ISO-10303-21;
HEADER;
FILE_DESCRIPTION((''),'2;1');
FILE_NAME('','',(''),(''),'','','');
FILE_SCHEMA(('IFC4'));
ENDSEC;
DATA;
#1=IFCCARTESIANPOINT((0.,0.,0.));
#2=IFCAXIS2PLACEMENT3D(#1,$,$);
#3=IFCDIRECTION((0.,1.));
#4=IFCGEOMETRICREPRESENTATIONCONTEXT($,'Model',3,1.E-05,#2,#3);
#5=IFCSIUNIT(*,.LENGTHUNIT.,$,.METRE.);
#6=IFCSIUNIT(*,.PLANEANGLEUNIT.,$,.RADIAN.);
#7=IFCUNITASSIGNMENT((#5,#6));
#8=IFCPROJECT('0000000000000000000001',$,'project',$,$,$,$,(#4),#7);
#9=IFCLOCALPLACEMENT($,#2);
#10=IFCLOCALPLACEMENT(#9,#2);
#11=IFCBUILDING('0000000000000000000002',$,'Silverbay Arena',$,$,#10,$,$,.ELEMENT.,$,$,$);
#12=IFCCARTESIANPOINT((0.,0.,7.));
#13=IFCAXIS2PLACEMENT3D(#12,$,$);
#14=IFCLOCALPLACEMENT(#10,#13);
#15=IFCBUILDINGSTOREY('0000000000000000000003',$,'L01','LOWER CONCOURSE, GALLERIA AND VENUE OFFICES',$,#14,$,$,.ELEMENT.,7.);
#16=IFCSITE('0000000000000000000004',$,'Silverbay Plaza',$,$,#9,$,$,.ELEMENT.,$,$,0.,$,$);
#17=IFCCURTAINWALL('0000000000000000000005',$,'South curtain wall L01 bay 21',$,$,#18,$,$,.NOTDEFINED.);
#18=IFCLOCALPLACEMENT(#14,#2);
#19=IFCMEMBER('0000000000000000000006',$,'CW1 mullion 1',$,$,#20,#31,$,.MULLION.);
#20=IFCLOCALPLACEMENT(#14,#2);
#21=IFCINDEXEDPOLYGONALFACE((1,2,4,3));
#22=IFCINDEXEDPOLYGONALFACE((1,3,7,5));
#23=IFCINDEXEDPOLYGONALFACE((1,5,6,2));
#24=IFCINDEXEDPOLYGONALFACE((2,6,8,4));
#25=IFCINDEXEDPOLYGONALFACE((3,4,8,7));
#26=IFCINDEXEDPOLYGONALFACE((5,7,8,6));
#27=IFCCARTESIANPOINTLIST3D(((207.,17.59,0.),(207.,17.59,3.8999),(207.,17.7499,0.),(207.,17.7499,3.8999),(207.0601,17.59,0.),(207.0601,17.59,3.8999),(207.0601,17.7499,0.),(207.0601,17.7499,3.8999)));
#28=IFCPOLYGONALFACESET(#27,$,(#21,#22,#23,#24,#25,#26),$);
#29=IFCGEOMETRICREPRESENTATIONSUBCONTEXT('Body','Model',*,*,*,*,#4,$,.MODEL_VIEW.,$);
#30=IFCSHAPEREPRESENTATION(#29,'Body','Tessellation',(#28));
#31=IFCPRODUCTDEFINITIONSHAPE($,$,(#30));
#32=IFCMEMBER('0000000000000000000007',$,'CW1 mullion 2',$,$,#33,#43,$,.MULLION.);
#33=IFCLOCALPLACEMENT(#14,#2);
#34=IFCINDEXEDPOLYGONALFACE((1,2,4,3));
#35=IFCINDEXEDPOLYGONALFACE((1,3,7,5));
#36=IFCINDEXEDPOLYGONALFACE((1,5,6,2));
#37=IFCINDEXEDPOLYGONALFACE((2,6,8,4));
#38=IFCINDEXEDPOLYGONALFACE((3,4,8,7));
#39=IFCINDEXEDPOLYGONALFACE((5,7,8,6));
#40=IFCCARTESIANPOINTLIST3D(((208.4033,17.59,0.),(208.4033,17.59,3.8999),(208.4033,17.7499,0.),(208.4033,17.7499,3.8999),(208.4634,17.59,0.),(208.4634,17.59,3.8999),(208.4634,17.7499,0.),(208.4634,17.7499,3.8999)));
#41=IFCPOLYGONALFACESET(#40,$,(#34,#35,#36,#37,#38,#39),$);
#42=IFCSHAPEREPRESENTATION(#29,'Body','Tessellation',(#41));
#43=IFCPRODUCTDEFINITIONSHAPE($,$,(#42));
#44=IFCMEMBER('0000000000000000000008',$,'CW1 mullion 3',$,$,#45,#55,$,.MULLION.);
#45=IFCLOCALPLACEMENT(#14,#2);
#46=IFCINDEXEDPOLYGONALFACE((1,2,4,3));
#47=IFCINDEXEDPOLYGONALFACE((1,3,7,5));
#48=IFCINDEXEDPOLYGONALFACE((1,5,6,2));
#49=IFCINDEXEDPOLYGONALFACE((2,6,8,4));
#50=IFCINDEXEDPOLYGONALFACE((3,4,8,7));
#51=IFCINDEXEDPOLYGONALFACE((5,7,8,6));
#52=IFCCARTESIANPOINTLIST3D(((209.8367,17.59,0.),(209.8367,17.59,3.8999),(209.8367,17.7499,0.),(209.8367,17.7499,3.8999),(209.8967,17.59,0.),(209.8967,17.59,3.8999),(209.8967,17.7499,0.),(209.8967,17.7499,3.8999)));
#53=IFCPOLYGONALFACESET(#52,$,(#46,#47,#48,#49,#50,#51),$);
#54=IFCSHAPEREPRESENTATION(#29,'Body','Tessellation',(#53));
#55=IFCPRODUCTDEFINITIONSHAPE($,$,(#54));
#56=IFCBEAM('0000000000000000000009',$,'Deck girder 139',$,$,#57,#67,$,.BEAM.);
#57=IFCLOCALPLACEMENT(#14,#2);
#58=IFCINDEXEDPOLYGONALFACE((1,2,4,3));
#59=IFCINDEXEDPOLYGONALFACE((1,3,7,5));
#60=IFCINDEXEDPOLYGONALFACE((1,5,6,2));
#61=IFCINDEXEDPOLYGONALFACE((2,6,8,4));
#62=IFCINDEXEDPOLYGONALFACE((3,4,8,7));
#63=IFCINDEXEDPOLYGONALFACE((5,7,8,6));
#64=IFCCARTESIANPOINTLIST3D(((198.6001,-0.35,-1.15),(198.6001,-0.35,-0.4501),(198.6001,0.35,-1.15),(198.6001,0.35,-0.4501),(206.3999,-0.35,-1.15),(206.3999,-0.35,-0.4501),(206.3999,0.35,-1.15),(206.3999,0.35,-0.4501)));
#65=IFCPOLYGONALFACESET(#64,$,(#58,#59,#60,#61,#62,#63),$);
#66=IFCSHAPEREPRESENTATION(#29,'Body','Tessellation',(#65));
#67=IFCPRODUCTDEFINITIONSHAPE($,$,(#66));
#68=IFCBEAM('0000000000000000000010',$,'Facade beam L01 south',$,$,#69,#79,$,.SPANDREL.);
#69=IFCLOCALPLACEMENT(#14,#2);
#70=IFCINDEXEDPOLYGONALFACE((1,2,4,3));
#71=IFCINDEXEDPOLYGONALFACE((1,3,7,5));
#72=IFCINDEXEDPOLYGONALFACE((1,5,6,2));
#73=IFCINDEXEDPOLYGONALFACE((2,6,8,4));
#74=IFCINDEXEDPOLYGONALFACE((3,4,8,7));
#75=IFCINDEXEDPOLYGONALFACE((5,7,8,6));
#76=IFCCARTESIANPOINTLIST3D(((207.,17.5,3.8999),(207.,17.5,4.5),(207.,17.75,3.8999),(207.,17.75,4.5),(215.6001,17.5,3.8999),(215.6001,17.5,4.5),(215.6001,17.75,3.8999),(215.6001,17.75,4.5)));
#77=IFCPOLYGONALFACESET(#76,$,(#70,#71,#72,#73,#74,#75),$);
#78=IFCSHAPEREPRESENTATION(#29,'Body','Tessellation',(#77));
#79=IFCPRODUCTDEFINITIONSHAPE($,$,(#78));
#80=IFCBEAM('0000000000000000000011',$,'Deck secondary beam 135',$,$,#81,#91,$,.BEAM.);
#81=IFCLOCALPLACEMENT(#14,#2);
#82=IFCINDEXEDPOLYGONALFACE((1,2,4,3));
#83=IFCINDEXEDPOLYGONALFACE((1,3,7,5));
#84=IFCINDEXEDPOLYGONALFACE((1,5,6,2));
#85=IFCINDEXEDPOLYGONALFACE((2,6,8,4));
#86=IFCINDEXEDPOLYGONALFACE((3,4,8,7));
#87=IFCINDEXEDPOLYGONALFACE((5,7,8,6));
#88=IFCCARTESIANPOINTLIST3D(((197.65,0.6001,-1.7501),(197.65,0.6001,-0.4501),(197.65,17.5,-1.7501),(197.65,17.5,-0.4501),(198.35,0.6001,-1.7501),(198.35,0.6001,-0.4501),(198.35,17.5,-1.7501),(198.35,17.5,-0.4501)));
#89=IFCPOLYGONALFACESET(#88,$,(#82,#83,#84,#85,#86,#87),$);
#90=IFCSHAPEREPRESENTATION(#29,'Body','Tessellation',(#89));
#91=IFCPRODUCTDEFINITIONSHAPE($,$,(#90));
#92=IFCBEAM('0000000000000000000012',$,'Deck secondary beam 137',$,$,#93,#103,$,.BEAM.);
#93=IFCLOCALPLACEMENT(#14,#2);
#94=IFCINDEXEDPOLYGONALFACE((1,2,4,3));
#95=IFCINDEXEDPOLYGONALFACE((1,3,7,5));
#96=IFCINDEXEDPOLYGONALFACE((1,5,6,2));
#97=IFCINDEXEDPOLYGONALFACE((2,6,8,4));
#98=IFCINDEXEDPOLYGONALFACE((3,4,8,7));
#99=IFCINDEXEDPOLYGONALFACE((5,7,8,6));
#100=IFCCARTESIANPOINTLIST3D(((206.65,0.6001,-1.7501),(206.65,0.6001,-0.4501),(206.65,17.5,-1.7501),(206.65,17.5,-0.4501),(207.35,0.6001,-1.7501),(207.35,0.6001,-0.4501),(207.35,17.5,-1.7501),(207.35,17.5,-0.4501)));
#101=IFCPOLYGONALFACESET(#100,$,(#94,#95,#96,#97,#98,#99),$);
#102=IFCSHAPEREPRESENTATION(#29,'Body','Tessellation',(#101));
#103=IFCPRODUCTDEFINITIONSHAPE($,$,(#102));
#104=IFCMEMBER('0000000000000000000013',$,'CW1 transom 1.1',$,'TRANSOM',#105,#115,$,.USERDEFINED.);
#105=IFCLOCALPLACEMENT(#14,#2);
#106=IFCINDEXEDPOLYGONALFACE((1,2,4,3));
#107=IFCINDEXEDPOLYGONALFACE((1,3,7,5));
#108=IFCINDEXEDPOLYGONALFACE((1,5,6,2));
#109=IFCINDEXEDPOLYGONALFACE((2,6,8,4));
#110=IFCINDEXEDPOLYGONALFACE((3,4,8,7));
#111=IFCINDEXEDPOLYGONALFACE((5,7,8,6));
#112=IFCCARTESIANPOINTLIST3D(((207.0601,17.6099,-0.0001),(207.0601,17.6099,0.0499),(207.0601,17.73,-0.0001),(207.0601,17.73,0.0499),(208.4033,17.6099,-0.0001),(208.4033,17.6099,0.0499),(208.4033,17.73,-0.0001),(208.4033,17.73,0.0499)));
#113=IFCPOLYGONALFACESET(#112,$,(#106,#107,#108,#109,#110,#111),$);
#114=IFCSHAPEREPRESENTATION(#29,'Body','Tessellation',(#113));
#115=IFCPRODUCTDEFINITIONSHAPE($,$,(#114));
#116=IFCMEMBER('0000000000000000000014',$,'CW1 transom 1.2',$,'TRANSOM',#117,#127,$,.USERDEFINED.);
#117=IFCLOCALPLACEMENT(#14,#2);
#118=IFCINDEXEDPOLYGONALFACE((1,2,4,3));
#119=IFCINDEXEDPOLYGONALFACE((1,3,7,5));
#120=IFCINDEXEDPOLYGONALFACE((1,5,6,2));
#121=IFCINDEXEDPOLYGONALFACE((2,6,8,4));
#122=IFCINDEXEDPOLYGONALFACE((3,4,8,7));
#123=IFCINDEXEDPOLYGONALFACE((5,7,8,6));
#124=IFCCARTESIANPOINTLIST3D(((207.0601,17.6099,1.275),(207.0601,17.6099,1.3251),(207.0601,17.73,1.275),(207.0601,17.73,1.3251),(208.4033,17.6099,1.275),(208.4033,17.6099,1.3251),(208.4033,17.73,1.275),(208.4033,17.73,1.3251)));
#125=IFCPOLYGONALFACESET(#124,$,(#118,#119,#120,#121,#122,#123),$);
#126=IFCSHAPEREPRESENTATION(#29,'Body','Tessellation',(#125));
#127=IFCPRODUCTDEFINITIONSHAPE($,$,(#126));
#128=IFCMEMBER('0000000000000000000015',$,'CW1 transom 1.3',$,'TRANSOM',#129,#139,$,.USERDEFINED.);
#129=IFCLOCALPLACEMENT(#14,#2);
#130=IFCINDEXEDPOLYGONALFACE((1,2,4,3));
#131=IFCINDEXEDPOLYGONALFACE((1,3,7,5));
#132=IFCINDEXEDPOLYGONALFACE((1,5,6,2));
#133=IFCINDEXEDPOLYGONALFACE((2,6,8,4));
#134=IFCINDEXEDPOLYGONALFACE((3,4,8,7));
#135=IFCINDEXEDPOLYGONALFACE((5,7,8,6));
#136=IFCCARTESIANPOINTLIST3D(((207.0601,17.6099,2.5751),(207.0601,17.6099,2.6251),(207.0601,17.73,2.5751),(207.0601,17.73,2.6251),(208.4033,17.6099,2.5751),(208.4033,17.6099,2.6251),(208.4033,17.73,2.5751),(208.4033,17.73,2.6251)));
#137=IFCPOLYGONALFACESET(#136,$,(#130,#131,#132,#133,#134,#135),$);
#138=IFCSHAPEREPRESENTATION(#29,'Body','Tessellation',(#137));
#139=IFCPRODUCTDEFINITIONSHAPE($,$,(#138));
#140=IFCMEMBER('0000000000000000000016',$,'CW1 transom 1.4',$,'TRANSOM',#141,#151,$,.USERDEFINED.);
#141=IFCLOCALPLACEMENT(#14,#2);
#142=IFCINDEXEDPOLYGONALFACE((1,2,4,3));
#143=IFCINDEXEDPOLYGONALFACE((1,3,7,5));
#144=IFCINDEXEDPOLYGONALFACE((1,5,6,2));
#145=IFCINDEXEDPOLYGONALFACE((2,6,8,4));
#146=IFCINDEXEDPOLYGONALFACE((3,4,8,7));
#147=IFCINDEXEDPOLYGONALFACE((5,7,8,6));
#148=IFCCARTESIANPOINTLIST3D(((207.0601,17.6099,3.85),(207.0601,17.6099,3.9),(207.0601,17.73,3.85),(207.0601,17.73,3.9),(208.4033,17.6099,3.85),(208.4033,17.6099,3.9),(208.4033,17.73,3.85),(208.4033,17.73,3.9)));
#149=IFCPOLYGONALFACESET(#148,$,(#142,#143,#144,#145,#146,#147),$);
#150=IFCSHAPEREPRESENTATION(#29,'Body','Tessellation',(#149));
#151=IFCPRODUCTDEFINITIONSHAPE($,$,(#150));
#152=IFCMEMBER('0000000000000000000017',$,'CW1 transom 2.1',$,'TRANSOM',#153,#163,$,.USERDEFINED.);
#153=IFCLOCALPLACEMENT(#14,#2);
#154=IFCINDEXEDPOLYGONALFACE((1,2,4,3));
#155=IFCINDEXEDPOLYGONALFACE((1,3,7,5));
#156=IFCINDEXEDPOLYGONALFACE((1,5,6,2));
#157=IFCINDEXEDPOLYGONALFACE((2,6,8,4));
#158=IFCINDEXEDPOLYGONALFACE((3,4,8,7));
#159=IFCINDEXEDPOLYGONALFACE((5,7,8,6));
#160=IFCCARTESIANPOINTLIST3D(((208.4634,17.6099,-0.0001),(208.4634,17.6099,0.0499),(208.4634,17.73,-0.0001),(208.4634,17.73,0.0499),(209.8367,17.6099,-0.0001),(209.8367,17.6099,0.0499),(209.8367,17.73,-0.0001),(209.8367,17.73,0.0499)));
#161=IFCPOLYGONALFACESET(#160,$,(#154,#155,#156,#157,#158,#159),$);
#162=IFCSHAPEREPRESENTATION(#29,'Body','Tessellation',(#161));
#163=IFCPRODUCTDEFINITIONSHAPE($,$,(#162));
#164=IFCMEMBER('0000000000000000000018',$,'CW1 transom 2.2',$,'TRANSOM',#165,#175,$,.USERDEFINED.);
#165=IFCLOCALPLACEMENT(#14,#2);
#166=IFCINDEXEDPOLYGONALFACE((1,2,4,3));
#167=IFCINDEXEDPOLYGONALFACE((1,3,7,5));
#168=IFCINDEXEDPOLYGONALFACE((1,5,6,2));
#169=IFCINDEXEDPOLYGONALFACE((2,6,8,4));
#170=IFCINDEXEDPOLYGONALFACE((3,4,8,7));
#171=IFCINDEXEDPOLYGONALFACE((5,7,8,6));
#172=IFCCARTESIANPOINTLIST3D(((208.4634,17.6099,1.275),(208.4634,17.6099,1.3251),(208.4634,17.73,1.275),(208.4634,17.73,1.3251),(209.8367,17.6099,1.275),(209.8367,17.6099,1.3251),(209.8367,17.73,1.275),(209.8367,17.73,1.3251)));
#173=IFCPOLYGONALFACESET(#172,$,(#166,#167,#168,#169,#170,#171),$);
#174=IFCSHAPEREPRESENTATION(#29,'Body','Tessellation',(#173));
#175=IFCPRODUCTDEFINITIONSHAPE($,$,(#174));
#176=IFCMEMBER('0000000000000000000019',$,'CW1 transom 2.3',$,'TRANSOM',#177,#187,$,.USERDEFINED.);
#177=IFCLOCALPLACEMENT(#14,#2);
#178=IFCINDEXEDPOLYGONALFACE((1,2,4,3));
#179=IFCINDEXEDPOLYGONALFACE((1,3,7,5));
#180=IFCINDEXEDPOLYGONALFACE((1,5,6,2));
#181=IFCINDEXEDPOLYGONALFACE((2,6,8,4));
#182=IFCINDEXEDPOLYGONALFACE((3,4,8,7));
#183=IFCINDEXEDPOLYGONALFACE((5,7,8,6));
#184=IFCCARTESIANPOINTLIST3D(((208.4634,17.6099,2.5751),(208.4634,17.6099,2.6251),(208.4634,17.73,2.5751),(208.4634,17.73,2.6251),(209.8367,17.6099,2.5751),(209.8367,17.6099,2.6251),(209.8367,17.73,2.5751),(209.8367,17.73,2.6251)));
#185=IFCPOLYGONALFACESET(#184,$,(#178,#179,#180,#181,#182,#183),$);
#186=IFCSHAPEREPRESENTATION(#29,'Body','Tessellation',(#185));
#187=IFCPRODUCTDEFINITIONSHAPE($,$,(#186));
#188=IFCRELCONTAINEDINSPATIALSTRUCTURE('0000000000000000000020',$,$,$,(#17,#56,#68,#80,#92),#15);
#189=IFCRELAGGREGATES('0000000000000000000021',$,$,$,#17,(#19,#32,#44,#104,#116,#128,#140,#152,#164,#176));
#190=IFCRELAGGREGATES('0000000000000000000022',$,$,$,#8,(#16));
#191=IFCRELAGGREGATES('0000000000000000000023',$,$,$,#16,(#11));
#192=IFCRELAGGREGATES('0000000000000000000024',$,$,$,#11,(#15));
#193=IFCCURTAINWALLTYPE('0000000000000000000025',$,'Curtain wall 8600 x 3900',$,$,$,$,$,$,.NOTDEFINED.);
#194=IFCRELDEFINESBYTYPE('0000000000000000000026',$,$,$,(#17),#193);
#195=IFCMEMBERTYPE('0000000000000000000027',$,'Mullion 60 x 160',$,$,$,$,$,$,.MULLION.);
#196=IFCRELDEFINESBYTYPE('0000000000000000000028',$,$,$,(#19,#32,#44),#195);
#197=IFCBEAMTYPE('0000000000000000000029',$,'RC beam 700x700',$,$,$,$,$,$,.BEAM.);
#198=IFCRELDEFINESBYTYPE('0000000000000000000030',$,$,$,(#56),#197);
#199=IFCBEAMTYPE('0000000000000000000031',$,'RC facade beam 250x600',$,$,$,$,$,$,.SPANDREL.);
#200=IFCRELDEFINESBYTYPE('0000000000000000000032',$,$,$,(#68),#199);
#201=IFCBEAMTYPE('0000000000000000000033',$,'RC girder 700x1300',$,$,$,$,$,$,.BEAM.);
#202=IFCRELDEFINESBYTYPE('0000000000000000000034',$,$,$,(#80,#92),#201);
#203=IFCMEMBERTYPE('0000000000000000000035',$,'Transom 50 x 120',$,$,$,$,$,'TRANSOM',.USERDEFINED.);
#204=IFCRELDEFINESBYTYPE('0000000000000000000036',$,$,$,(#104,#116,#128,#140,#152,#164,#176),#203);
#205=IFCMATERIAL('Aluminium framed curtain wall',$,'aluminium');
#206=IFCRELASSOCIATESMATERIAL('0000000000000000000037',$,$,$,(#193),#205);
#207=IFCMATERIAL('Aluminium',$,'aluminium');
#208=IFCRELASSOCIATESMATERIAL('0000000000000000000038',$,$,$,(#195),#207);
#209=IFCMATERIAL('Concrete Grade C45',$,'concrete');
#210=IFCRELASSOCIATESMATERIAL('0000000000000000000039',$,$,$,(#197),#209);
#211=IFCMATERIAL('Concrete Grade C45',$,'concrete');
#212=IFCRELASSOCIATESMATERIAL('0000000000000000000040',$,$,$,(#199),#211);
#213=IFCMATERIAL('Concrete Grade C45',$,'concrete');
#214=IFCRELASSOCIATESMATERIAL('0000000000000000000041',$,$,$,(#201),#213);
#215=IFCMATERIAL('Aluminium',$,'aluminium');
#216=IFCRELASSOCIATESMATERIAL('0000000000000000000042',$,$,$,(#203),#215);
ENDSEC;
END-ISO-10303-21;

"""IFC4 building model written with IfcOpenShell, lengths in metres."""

from ifc_helpers import new_model, si_unit, direction, frame, origin, origin_2d, place, context, subcontext, project, spatial, rectangle, extrude, material, material_profile, profile_set, type_object, element, aggregate, save


model = new_model("IFC4")

# Units and contexts
model_context = context("Model", 3, precision=1e-05, world=origin(), true_north=direction((0.0, 1.0)))
body_context = subcontext(model_context, "Body", "Model", "MODEL_VIEW")
ifc_project = project(units=[si_unit("LENGTHUNIT", "METRE"), si_unit("PLANEANGLEUNIT", "RADIAN")], contexts=[model_context])

# Site, building, storey
site_placement = place(None, origin())
site = spatial("IfcSite", under=ifc_project, at=site_placement, Name="Silverbay Plaza", CompositionType="ELEMENT", RefElevation=0.0)
building_placement = place(site_placement, origin())
building = spatial("IfcBuilding", under=site, at=building_placement, Name="Silverbay Arena", CompositionType="ELEMENT")
storey_placement = place(building_placement, frame((0.0, 0.0, 7.0)))
storey = spatial("IfcBuildingStorey", under=building, at=storey_placement, Name="L01", Description="LOWER CONCOURSE, GALLERIA AND VENUE OFFICES", CompositionType="ELEMENT", Elevation=7.0)

# Curtain wall, members
ifc_material_1 = material(Name="Aluminium framed curtain wall", Category="aluminium")
curtain_wall_type = type_object("IfcCurtainWallType", Name="Curtain wall 8600 x 3900", PredefinedType="NOTDEFINED", material=ifc_material_1)
curtain_wall_placement = place(storey_placement, origin())
curtain_wall = element("IfcCurtainWall", 1, at=curtain_wall_placement, inside=storey, type_object=curtain_wall_type, Name="South curtain wall L01 bay 21", PredefinedType="NOTDEFINED")
ifc_material_2 = material(Name="Aluminium", Category="aluminium")
ifc_material_profile_1 = material_profile(ifc_material_2, rectangle(XDim=0.1599, YDim=0.0601, at=origin_2d()), Name="Mullion 60 x 160")
ifc_profile_set_1 = profile_set([ifc_material_profile_1], Name="Aluminium")
member_type_1 = type_object("IfcMemberType", Name="Mullion 60 x 160", PredefinedType="MULLION", material=ifc_profile_set_1)
member_1_placement = place(storey_placement, frame((207.03, 17.6699, 0.0), z_axis=(0.0, 0.0, 1.0), x_axis=(0.0, 1.0, 0.0)))
member_1 = element("IfcMember", 2, at=member_1_placement, type_object=member_type_1, Name="CW1 mullion 1", PredefinedType="MULLION", context=body_context, shape_type="SweptSolid", body=[
    extrude(rectangle(XDim=0.1599, YDim=0.0601, at=origin_2d()), origin(), (0.0, 0.0, 1.0), 3.8999),
])
member_2_placement = place(storey_placement, frame((208.4333, 17.6699, 0.0), z_axis=(0.0, 0.0, 1.0), x_axis=(0.0, 1.0, 0.0)))
member_2 = element("IfcMember", 3, at=member_2_placement, type_object=member_type_1, Name="CW1 mullion 2", PredefinedType="MULLION", context=body_context, shape_type="SweptSolid", body=[
    extrude(rectangle(XDim=0.1599, YDim=0.0601, at=origin_2d()), origin(), (0.0, 0.0, 1.0), 3.8999),
])
member_3_placement = place(storey_placement, frame((209.8667, 17.6699, 0.0), z_axis=(0.0, 0.0, 1.0), x_axis=(0.0, 1.0, 0.0)))
member_3 = element("IfcMember", 4, at=member_3_placement, type_object=member_type_1, Name="CW1 mullion 3", PredefinedType="MULLION", context=body_context, shape_type="SweptSolid", body=[
    extrude(rectangle(XDim=0.1599, YDim=0.0601, at=origin_2d()), origin(), (0.0, 0.0, 1.0), 3.8999),
])

# Beams
ifc_material_3 = material(Name="Concrete Grade C45", Category="concrete")
ifc_material_profile_2 = material_profile(ifc_material_3, rectangle(XDim=0.7, YDim=0.7, at=origin_2d()), Name="RC 700x700")
ifc_profile_set_2 = profile_set([ifc_material_profile_2], Name="Concrete Grade C45")
beam_type_1 = type_object("IfcBeamType", Name="RC beam 700x700", PredefinedType="BEAM", material=ifc_profile_set_2)
beam_1_placement = place(storey_placement, frame((198.6001, 0.0, -0.8), z_axis=(1.0, 0.0, 0.0), x_axis=(0.0, 1.0, 0.0)))
element("IfcBeam", 5, at=beam_1_placement, inside=storey, type_object=beam_type_1, Name="Deck girder 139", PredefinedType="BEAM", context=body_context, shape_type="SweptSolid", body=[
    extrude(rectangle(XDim=0.7, YDim=0.7, at=origin_2d()), origin(), (0.0, 0.0, 1.0), 7.7998),
])
ifc_material_4 = material(Name="Concrete Grade C45", Category="concrete")
ifc_material_profile_3 = material_profile(ifc_material_4, rectangle(XDim=0.25, YDim=0.6001, at=origin_2d()), Name="RC 250x600")
ifc_profile_set_3 = profile_set([ifc_material_profile_3], Name="Concrete Grade C45")
beam_type_2 = type_object("IfcBeamType", Name="RC facade beam 250x600", PredefinedType="SPANDREL", material=ifc_profile_set_3)
beam_2_placement = place(storey_placement, frame((207.0, 17.625, 4.2), z_axis=(1.0, 0.0, 0.0), x_axis=(0.0, 1.0, 0.0)))
element("IfcBeam", 6, at=beam_2_placement, inside=storey, type_object=beam_type_2, Name="Facade beam L01 south", PredefinedType="SPANDREL", context=body_context, shape_type="SweptSolid", body=[
    extrude(rectangle(XDim=0.25, YDim=0.6001, at=origin_2d()), origin(), (0.0, 0.0, 1.0), 8.6001),
])
ifc_material_5 = material(Name="Concrete Grade C45", Category="concrete")
ifc_material_profile_4 = material_profile(ifc_material_5, rectangle(XDim=0.7, YDim=1.3, at=origin_2d()), Name="RC 700x1300")
ifc_profile_set_4 = profile_set([ifc_material_profile_4], Name="Concrete Grade C45")
beam_type_3 = type_object("IfcBeamType", Name="RC girder 700x1300", PredefinedType="BEAM", material=ifc_profile_set_4)
for number, where, z_axis, x_axis, name in (
    (7, (198.0, 0.6001, -1.1001), (0.0, 1.0, 0.0), (-1.0, 0.0, 0.0), "Deck secondary beam 135"),
    (8, (207.0, 0.6001, -1.1001), (0.0, 1.0, 0.0), (-1.0, 0.0, 0.0), "Deck secondary beam 137"),
):
    element("IfcBeam", number, at=place(storey_placement, frame(where, z_axis=z_axis, x_axis=x_axis)), inside=storey, type_object=beam_type_3, Name=name, PredefinedType="BEAM", context=body_context, shape_type="SweptSolid", body=[
        extrude(rectangle(XDim=0.7, YDim=1.3, at=origin_2d()), origin(), (0.0, 0.0, 1.0), 16.8999),
    ])

# Members
ifc_material_6 = material(Name="Aluminium", Category="aluminium")
ifc_material_profile_5 = material_profile(ifc_material_6, rectangle(XDim=0.1201, YDim=0.05, at=origin_2d()), Name="Transom 50 x 120")
ifc_profile_set_5 = profile_set([ifc_material_profile_5], Name="Aluminium")
member_type_2 = type_object("IfcMemberType", Name="Transom 50 x 120", ElementType="TRANSOM", PredefinedType="USERDEFINED", material=ifc_profile_set_5)
member_4_placement = place(storey_placement, frame((207.0601, 17.6699, 0.0249), z_axis=(1.0, 0.0, 0.0), x_axis=(0.0, 1.0, 0.0)))
member_4 = element("IfcMember", 9, at=member_4_placement, type_object=member_type_2, Name="CW1 transom 1.1", ObjectType="TRANSOM", PredefinedType="USERDEFINED", context=body_context, shape_type="SweptSolid", body=[
    extrude(rectangle(XDim=0.1201, YDim=0.05, at=origin_2d()), origin(), (0.0, 0.0, 1.0), 1.3433),
])
member_5_placement = place(storey_placement, frame((207.0601, 17.6699, 1.3), z_axis=(1.0, 0.0, 0.0), x_axis=(0.0, 1.0, 0.0)))
member_5 = element("IfcMember", 10, at=member_5_placement, type_object=member_type_2, Name="CW1 transom 1.2", ObjectType="TRANSOM", PredefinedType="USERDEFINED", context=body_context, shape_type="SweptSolid", body=[
    extrude(rectangle(XDim=0.1201, YDim=0.05, at=origin_2d()), origin(), (0.0, 0.0, 1.0), 1.3433),
])
member_6_placement = place(storey_placement, frame((207.0601, 17.6699, 2.6001), z_axis=(1.0, 0.0, 0.0), x_axis=(0.0, 1.0, 0.0)))
member_6 = element("IfcMember", 11, at=member_6_placement, type_object=member_type_2, Name="CW1 transom 1.3", ObjectType="TRANSOM", PredefinedType="USERDEFINED", context=body_context, shape_type="SweptSolid", body=[
    extrude(rectangle(XDim=0.1201, YDim=0.05, at=origin_2d()), origin(), (0.0, 0.0, 1.0), 1.3433),
])
member_7_placement = place(storey_placement, frame((207.0601, 17.6699, 3.875), z_axis=(1.0, 0.0, 0.0), x_axis=(0.0, 1.0, 0.0)))
member_7 = element("IfcMember", 12, at=member_7_placement, type_object=member_type_2, Name="CW1 transom 1.4", ObjectType="TRANSOM", PredefinedType="USERDEFINED", context=body_context, shape_type="SweptSolid", body=[
    extrude(rectangle(XDim=0.1201, YDim=0.05, at=origin_2d()), origin(), (0.0, 0.0, 1.0), 1.3433),
])
member_8_placement = place(storey_placement, frame((208.4634, 17.6699, 0.0249), z_axis=(1.0, 0.0, 0.0), x_axis=(0.0, 1.0, 0.0)))
member_8 = element("IfcMember", 13, at=member_8_placement, type_object=member_type_2, Name="CW1 transom 2.1", ObjectType="TRANSOM", PredefinedType="USERDEFINED", context=body_context, shape_type="SweptSolid", body=[
    extrude(rectangle(XDim=0.1201, YDim=0.05, at=origin_2d()), origin(), (0.0, 0.0, 1.0), 1.3733),
])
member_9_placement = place(storey_placement, frame((208.4634, 17.6699, 1.3), z_axis=(1.0, 0.0, 0.0), x_axis=(0.0, 1.0, 0.0)))
member_9 = element("IfcMember", 14, at=member_9_placement, type_object=member_type_2, Name="CW1 transom 2.2", ObjectType="TRANSOM", PredefinedType="USERDEFINED", context=body_context, shape_type="SweptSolid", body=[
    extrude(rectangle(XDim=0.1201, YDim=0.05, at=origin_2d()), origin(), (0.0, 0.0, 1.0), 1.3733),
])
member_10_placement = place(storey_placement, frame((208.4634, 17.6699, 2.6001), z_axis=(1.0, 0.0, 0.0), x_axis=(0.0, 1.0, 0.0)))
member_10 = element("IfcMember", 15, at=member_10_placement, type_object=member_type_2, Name="CW1 transom 2.3", ObjectType="TRANSOM", PredefinedType="USERDEFINED", context=body_context, shape_type="SweptSolid", body=[
    extrude(rectangle(XDim=0.1201, YDim=0.05, at=origin_2d()), origin(), (0.0, 0.0, 1.0), 1.3733),
])

aggregate(curtain_wall, [member_1, member_2, member_3, member_4, member_5, member_6, member_7, member_8, member_9, member_10])

save(model, "model.ifc")
